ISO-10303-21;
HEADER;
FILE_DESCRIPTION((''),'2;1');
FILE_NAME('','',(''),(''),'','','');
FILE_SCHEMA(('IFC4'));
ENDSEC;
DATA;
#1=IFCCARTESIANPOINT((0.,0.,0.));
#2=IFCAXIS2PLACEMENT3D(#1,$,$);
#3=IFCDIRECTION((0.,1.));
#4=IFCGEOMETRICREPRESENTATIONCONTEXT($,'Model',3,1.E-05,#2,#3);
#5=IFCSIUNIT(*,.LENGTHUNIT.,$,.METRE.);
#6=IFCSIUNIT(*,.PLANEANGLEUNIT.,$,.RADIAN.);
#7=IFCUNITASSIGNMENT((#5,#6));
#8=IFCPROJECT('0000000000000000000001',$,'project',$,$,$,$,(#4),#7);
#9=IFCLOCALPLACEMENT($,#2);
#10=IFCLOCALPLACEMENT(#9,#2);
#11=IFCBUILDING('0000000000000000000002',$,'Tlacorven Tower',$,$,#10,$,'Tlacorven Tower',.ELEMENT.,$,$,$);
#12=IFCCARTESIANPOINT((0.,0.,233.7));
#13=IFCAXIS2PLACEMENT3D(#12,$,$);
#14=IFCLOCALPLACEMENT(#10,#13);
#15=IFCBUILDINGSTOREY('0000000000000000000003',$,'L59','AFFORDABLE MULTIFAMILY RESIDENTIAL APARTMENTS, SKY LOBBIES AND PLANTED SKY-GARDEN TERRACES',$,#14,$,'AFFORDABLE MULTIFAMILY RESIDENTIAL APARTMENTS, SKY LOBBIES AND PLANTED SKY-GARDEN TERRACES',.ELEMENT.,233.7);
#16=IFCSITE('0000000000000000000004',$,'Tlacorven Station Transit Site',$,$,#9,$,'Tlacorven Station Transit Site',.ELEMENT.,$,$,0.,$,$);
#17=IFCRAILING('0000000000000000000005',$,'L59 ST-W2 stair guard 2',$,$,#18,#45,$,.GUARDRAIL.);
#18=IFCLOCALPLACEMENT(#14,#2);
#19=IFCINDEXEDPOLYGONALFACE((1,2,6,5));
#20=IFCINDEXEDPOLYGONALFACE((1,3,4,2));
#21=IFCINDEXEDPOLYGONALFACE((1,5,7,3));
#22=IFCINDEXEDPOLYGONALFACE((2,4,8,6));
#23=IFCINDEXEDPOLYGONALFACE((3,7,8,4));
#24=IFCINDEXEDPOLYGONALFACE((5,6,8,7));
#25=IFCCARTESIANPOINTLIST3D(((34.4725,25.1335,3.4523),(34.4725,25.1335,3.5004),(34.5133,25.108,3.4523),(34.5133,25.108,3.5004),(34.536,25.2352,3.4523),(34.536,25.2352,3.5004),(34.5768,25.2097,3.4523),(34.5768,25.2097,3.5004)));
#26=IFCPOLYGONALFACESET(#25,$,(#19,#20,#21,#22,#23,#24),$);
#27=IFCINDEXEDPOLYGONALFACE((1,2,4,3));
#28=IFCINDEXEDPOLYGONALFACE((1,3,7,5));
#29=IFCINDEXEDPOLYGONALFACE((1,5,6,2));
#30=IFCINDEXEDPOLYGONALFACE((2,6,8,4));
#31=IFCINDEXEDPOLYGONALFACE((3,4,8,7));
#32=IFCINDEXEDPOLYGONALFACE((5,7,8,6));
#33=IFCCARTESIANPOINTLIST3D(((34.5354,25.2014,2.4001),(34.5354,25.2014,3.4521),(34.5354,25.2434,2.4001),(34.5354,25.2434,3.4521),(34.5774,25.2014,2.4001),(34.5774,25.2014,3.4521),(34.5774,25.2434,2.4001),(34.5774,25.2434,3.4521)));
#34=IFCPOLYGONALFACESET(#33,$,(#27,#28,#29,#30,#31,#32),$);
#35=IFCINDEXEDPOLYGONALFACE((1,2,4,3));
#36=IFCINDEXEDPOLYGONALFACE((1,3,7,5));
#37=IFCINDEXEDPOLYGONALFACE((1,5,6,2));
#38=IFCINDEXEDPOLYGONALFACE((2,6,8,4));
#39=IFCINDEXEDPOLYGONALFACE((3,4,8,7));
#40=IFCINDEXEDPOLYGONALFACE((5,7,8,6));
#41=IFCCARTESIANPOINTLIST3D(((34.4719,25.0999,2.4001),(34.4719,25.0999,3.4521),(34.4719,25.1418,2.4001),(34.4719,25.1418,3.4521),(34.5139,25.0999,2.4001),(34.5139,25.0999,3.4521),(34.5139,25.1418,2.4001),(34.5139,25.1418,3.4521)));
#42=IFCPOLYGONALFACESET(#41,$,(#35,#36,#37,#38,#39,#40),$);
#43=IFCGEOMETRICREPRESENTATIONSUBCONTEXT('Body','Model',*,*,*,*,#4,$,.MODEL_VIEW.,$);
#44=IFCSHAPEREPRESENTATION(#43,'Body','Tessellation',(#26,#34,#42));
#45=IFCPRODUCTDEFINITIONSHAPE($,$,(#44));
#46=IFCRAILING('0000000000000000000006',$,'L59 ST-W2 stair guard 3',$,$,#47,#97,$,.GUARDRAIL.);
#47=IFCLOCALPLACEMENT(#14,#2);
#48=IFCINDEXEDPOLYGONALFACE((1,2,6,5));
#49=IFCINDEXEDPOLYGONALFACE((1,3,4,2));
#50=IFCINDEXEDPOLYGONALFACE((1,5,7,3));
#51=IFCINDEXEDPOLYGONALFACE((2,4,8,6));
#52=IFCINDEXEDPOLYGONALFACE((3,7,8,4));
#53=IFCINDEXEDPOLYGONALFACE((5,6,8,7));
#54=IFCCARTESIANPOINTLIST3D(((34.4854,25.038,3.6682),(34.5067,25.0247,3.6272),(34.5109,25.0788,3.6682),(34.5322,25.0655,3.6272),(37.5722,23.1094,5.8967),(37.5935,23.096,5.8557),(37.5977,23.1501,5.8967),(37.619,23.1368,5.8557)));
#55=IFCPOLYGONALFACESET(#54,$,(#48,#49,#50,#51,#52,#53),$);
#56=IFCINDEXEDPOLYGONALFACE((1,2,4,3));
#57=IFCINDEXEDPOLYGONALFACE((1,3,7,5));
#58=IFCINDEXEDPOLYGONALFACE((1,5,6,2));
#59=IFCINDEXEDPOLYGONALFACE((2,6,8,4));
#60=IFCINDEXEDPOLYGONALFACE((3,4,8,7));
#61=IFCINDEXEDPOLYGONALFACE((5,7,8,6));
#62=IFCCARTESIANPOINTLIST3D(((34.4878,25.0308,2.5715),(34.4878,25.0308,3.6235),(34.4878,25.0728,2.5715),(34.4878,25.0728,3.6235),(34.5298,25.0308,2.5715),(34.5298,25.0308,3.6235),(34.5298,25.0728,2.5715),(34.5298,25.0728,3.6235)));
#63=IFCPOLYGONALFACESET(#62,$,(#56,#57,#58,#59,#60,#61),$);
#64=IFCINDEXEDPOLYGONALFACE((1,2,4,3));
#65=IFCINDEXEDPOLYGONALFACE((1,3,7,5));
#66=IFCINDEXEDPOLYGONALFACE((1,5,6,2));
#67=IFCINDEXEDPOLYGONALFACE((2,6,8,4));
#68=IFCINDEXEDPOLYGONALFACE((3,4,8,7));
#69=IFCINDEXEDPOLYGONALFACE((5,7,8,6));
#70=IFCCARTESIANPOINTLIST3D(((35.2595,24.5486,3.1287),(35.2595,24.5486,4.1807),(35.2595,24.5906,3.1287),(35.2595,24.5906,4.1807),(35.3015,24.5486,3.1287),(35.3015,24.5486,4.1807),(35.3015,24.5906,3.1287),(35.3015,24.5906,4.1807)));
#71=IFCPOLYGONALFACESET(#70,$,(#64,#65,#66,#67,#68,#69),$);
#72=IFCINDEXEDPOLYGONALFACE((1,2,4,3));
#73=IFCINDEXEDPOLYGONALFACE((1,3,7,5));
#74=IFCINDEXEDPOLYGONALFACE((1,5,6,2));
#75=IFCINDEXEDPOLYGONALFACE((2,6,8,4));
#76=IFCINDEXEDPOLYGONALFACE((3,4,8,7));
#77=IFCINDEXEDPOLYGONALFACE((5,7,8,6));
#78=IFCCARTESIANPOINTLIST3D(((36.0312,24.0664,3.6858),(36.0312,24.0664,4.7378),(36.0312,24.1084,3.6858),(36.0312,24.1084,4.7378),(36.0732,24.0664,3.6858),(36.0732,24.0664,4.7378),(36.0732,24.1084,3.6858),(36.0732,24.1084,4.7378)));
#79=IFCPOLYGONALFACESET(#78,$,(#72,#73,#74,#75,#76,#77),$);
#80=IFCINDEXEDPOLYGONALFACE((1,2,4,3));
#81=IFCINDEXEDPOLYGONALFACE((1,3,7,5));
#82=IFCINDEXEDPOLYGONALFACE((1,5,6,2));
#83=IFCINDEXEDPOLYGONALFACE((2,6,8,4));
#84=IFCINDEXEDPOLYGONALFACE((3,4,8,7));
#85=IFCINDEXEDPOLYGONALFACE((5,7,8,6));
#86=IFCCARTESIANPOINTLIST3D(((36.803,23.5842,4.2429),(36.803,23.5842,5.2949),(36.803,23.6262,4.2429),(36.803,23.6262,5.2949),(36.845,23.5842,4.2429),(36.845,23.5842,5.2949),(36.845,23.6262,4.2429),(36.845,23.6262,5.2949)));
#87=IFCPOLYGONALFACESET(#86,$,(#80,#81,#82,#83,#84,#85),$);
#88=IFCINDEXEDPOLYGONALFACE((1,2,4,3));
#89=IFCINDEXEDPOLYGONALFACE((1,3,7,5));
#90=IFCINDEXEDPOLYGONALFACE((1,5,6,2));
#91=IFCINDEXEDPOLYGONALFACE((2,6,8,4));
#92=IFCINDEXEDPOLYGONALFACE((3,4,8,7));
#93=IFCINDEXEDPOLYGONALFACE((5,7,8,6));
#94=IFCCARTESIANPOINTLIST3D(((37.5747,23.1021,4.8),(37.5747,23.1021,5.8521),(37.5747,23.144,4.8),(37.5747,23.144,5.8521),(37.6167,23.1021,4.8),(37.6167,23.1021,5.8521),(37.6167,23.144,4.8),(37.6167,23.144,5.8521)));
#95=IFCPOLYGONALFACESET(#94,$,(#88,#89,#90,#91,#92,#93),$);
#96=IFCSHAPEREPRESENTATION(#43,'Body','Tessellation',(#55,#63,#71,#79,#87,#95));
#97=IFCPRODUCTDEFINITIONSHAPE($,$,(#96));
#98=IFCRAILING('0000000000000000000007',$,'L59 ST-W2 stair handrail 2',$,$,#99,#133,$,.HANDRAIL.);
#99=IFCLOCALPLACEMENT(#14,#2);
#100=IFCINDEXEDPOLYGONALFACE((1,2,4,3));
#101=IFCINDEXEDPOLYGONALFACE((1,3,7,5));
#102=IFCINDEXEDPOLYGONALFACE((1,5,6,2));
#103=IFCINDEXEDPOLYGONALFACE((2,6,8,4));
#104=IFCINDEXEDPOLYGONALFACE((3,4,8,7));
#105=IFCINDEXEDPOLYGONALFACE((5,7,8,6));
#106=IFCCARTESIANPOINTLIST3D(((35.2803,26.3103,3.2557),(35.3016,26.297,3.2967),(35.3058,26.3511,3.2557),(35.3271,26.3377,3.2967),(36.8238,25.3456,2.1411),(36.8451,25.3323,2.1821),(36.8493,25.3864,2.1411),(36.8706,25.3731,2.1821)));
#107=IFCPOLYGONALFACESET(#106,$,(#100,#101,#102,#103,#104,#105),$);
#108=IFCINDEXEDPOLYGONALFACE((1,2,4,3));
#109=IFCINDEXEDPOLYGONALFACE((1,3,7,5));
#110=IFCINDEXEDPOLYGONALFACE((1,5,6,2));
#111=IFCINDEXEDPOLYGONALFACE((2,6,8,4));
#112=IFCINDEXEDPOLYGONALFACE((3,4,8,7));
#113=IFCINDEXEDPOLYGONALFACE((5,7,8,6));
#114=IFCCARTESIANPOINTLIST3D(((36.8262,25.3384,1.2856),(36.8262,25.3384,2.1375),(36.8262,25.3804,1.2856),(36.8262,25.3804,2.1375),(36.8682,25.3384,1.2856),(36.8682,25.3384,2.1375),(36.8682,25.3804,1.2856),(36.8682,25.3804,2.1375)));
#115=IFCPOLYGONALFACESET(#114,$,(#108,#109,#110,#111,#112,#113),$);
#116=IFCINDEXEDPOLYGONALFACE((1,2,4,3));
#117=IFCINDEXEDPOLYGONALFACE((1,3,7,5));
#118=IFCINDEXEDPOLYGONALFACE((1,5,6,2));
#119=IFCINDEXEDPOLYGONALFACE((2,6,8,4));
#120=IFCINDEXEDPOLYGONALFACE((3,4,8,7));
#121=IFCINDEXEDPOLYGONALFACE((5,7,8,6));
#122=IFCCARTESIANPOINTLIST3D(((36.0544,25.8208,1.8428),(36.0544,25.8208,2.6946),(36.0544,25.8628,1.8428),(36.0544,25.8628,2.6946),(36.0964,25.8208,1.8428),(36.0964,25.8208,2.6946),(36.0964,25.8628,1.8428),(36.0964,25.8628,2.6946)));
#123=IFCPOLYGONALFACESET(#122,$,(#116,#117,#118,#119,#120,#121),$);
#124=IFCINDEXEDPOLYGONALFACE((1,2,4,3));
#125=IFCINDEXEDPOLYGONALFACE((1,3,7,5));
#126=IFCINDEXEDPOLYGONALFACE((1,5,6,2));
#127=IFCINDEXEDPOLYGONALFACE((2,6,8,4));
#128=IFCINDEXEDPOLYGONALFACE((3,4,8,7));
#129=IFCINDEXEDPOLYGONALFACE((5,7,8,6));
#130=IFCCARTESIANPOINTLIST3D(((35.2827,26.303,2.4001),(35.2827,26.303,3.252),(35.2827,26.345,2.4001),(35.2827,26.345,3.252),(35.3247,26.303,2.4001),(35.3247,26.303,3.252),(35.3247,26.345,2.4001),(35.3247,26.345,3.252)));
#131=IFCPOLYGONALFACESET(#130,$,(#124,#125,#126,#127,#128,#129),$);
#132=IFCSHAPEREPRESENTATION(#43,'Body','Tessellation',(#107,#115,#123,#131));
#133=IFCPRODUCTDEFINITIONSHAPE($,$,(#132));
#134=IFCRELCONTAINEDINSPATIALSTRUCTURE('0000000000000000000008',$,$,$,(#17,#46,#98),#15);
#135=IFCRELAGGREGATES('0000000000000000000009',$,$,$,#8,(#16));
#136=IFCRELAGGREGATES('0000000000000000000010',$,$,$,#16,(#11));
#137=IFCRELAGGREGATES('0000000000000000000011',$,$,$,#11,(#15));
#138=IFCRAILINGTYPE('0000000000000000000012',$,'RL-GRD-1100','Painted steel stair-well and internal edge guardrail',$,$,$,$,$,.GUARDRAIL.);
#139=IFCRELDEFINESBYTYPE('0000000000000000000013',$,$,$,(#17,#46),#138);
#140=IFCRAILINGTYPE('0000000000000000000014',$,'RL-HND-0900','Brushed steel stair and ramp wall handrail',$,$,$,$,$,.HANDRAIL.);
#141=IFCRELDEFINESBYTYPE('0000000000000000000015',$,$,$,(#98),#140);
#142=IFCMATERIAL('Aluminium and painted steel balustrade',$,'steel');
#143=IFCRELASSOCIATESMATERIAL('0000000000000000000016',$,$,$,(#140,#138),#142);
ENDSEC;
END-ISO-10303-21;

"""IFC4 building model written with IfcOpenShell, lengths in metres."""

from ifc_helpers import new_model, si_unit, direction, frame, origin, origin_2d, place, context, subcontext, project, spatial, rectangle, extrude, source, transform, mapped, material, type_object, element, save


model = new_model("IFC4")

# Units and contexts
model_context = context("Model", 3, precision=1e-05, world=origin(), true_north=direction((0.0, 1.0)))
body_context = subcontext(model_context, "Body", "Model", "MODEL_VIEW")
ifc_project = project(units=[si_unit("LENGTHUNIT", "METRE"), si_unit("PLANEANGLEUNIT", "RADIAN")], contexts=[model_context])

# Site, building, storey
site_placement = place(None, origin())
site = spatial("IfcSite", under=ifc_project, at=site_placement, Name="Tlacorven Station Transit Site", LongName="Tlacorven Station Transit Site", CompositionType="ELEMENT", RefElevation=0.0)
building_placement = place(site_placement, origin())
building = spatial("IfcBuilding", under=site, at=building_placement, Name="Tlacorven Tower", LongName="Tlacorven Tower", CompositionType="ELEMENT")
storey_placement = place(building_placement, frame((0.0, 0.0, 233.7)))
storey = spatial("IfcBuildingStorey", under=building, at=storey_placement, Name="L59", Description="AFFORDABLE MULTIFAMILY RESIDENTIAL APARTMENTS, SKY LOBBIES AND PLANTED SKY-GARDEN TERRACES", LongName="AFFORDABLE MULTIFAMILY RESIDENTIAL APARTMENTS, SKY LOBBIES AND PLANTED SKY-GARDEN TERRACES", CompositionType="ELEMENT", Elevation=233.7)

# Railings
ifc_material_1 = material(Name="Aluminium and painted steel balustrade", Category="steel")
railing_type_1 = type_object("IfcRailingType", Name="RL-HND-0900", Description="Brushed steel stair and ramp wall handrail", PredefinedType="HANDRAIL", material=ifc_material_1)
railing_type_2 = type_object("IfcRailingType", Name="RL-GRD-1100", Description="Painted steel stair-well and internal edge guardrail", PredefinedType="GUARDRAIL", material=ifc_material_1)
shared_shape_1 = source(origin(), body_context, "Body", "SweptSolid", [
    extrude(rectangle(XDim=0.0481, YDim=0.0481, at=origin_2d()), frame((0.0, 0.0, 1.0762), z_axis=(-0.529999, -0.847998, 0.0), x_axis=(0.847998, -0.529999, 0.0)), (0.0, 0.0, 1.0), 0.1199),
    extrude(rectangle(XDim=0.042, YDim=0.042, at=origin_2d()), origin(), (0.0, 0.0, 1.0), 1.052),
    extrude(rectangle(XDim=0.042, YDim=0.042, at=origin_2d()), frame((-0.0635, -0.1016, 0.0)), (0.0, 0.0, 1.0), 1.052),
])
railing_1_placement = place(storey_placement, frame((34.5564, 25.2224, 2.4001)))
element("IfcRailing", 1, at=railing_1_placement, inside=storey, type_object=railing_type_2, Name="L59 ST-W2 stair guard 2", PredefinedType="GUARDRAIL", context=body_context, shape_type="MappedRepresentation", body=[
    mapped(shared_shape_1, transform((0.0, 0.0, 0.0), scale=1.0)),
])
shared_shape_2 = source(origin(), body_context, "Body", "SweptSolid", [
    extrude(rectangle(XDim=0.0481, YDim=0.0481, at=origin_2d()), frame((0.0, 0.0, 1.0762), z_axis=(0.723281, -0.451908, 0.522153), x_axis=(0.529878, 0.848074, 0.0)), (0.0, 0.0, 1.0), 4.2678),
    extrude(rectangle(XDim=0.042, YDim=0.042, at=origin_2d()), origin(), (0.0, 0.0, 1.0), 1.052),
    extrude(rectangle(XDim=0.042, YDim=0.042, at=origin_2d()), frame((0.7717, -0.4822, 0.5571)), (0.0, 0.0, 1.0), 1.052),
    extrude(rectangle(XDim=0.042, YDim=0.042, at=origin_2d()), frame((1.5435, -0.9644, 1.1143)), (0.0, 0.0, 1.0), 1.052),
    extrude(rectangle(XDim=0.042, YDim=0.042, at=origin_2d()), frame((2.3152, -1.4465, 1.6714)), (0.0, 0.0, 1.0), 1.052),
    extrude(rectangle(XDim=0.042, YDim=0.042, at=origin_2d()), frame((3.0869, -1.9287, 2.2285)), (0.0, 0.0, 1.0), 1.052),
])
railing_2_placement = place(storey_placement, frame((34.5088, 25.0518, 2.5715)))
element("IfcRailing", 2, at=railing_2_placement, inside=storey, type_object=railing_type_2, Name="L59 ST-W2 stair guard 3", PredefinedType="GUARDRAIL", context=body_context, shape_type="MappedRepresentation", body=[
    mapped(shared_shape_2, transform((0.0, 0.0, 0.0), scale=1.0)),
])
shared_shape_3 = source(origin(), body_context, "Body", "SweptSolid", [
    extrude(rectangle(XDim=0.0481, YDim=0.0481, at=origin_2d()), frame((0.0, 0.0, 0.876), z_axis=(-0.7232, 0.451972, 0.52221), x_axis=(-0.529975, -0.848013, 0.0)), (0.0, 0.0, 1.0), 2.1343),
    extrude(rectangle(XDim=0.042, YDim=0.042, at=origin_2d()), origin(), (0.0, 0.0, 1.0), 0.8518),
    extrude(rectangle(XDim=0.042, YDim=0.042, at=origin_2d()), frame((-0.7717, 0.4824, 0.5571)), (0.0, 0.0, 1.0), 0.8518),
    extrude(rectangle(XDim=0.042, YDim=0.042, at=origin_2d()), frame((-1.5435, 0.9646, 1.1145)), (0.0, 0.0, 1.0), 0.8518),
])
railing_3_placement = place(storey_placement, frame((36.8472, 25.3594, 1.2856)))
element("IfcRailing", 3, at=railing_3_placement, inside=storey, type_object=railing_type_1, Name="L59 ST-W2 stair handrail 2", PredefinedType="HANDRAIL", context=body_context, shape_type="MappedRepresentation", body=[
    mapped(shared_shape_3, transform((0.0, 0.0, 0.0), scale=1.0)),
])

save(model, "model.ifc")
